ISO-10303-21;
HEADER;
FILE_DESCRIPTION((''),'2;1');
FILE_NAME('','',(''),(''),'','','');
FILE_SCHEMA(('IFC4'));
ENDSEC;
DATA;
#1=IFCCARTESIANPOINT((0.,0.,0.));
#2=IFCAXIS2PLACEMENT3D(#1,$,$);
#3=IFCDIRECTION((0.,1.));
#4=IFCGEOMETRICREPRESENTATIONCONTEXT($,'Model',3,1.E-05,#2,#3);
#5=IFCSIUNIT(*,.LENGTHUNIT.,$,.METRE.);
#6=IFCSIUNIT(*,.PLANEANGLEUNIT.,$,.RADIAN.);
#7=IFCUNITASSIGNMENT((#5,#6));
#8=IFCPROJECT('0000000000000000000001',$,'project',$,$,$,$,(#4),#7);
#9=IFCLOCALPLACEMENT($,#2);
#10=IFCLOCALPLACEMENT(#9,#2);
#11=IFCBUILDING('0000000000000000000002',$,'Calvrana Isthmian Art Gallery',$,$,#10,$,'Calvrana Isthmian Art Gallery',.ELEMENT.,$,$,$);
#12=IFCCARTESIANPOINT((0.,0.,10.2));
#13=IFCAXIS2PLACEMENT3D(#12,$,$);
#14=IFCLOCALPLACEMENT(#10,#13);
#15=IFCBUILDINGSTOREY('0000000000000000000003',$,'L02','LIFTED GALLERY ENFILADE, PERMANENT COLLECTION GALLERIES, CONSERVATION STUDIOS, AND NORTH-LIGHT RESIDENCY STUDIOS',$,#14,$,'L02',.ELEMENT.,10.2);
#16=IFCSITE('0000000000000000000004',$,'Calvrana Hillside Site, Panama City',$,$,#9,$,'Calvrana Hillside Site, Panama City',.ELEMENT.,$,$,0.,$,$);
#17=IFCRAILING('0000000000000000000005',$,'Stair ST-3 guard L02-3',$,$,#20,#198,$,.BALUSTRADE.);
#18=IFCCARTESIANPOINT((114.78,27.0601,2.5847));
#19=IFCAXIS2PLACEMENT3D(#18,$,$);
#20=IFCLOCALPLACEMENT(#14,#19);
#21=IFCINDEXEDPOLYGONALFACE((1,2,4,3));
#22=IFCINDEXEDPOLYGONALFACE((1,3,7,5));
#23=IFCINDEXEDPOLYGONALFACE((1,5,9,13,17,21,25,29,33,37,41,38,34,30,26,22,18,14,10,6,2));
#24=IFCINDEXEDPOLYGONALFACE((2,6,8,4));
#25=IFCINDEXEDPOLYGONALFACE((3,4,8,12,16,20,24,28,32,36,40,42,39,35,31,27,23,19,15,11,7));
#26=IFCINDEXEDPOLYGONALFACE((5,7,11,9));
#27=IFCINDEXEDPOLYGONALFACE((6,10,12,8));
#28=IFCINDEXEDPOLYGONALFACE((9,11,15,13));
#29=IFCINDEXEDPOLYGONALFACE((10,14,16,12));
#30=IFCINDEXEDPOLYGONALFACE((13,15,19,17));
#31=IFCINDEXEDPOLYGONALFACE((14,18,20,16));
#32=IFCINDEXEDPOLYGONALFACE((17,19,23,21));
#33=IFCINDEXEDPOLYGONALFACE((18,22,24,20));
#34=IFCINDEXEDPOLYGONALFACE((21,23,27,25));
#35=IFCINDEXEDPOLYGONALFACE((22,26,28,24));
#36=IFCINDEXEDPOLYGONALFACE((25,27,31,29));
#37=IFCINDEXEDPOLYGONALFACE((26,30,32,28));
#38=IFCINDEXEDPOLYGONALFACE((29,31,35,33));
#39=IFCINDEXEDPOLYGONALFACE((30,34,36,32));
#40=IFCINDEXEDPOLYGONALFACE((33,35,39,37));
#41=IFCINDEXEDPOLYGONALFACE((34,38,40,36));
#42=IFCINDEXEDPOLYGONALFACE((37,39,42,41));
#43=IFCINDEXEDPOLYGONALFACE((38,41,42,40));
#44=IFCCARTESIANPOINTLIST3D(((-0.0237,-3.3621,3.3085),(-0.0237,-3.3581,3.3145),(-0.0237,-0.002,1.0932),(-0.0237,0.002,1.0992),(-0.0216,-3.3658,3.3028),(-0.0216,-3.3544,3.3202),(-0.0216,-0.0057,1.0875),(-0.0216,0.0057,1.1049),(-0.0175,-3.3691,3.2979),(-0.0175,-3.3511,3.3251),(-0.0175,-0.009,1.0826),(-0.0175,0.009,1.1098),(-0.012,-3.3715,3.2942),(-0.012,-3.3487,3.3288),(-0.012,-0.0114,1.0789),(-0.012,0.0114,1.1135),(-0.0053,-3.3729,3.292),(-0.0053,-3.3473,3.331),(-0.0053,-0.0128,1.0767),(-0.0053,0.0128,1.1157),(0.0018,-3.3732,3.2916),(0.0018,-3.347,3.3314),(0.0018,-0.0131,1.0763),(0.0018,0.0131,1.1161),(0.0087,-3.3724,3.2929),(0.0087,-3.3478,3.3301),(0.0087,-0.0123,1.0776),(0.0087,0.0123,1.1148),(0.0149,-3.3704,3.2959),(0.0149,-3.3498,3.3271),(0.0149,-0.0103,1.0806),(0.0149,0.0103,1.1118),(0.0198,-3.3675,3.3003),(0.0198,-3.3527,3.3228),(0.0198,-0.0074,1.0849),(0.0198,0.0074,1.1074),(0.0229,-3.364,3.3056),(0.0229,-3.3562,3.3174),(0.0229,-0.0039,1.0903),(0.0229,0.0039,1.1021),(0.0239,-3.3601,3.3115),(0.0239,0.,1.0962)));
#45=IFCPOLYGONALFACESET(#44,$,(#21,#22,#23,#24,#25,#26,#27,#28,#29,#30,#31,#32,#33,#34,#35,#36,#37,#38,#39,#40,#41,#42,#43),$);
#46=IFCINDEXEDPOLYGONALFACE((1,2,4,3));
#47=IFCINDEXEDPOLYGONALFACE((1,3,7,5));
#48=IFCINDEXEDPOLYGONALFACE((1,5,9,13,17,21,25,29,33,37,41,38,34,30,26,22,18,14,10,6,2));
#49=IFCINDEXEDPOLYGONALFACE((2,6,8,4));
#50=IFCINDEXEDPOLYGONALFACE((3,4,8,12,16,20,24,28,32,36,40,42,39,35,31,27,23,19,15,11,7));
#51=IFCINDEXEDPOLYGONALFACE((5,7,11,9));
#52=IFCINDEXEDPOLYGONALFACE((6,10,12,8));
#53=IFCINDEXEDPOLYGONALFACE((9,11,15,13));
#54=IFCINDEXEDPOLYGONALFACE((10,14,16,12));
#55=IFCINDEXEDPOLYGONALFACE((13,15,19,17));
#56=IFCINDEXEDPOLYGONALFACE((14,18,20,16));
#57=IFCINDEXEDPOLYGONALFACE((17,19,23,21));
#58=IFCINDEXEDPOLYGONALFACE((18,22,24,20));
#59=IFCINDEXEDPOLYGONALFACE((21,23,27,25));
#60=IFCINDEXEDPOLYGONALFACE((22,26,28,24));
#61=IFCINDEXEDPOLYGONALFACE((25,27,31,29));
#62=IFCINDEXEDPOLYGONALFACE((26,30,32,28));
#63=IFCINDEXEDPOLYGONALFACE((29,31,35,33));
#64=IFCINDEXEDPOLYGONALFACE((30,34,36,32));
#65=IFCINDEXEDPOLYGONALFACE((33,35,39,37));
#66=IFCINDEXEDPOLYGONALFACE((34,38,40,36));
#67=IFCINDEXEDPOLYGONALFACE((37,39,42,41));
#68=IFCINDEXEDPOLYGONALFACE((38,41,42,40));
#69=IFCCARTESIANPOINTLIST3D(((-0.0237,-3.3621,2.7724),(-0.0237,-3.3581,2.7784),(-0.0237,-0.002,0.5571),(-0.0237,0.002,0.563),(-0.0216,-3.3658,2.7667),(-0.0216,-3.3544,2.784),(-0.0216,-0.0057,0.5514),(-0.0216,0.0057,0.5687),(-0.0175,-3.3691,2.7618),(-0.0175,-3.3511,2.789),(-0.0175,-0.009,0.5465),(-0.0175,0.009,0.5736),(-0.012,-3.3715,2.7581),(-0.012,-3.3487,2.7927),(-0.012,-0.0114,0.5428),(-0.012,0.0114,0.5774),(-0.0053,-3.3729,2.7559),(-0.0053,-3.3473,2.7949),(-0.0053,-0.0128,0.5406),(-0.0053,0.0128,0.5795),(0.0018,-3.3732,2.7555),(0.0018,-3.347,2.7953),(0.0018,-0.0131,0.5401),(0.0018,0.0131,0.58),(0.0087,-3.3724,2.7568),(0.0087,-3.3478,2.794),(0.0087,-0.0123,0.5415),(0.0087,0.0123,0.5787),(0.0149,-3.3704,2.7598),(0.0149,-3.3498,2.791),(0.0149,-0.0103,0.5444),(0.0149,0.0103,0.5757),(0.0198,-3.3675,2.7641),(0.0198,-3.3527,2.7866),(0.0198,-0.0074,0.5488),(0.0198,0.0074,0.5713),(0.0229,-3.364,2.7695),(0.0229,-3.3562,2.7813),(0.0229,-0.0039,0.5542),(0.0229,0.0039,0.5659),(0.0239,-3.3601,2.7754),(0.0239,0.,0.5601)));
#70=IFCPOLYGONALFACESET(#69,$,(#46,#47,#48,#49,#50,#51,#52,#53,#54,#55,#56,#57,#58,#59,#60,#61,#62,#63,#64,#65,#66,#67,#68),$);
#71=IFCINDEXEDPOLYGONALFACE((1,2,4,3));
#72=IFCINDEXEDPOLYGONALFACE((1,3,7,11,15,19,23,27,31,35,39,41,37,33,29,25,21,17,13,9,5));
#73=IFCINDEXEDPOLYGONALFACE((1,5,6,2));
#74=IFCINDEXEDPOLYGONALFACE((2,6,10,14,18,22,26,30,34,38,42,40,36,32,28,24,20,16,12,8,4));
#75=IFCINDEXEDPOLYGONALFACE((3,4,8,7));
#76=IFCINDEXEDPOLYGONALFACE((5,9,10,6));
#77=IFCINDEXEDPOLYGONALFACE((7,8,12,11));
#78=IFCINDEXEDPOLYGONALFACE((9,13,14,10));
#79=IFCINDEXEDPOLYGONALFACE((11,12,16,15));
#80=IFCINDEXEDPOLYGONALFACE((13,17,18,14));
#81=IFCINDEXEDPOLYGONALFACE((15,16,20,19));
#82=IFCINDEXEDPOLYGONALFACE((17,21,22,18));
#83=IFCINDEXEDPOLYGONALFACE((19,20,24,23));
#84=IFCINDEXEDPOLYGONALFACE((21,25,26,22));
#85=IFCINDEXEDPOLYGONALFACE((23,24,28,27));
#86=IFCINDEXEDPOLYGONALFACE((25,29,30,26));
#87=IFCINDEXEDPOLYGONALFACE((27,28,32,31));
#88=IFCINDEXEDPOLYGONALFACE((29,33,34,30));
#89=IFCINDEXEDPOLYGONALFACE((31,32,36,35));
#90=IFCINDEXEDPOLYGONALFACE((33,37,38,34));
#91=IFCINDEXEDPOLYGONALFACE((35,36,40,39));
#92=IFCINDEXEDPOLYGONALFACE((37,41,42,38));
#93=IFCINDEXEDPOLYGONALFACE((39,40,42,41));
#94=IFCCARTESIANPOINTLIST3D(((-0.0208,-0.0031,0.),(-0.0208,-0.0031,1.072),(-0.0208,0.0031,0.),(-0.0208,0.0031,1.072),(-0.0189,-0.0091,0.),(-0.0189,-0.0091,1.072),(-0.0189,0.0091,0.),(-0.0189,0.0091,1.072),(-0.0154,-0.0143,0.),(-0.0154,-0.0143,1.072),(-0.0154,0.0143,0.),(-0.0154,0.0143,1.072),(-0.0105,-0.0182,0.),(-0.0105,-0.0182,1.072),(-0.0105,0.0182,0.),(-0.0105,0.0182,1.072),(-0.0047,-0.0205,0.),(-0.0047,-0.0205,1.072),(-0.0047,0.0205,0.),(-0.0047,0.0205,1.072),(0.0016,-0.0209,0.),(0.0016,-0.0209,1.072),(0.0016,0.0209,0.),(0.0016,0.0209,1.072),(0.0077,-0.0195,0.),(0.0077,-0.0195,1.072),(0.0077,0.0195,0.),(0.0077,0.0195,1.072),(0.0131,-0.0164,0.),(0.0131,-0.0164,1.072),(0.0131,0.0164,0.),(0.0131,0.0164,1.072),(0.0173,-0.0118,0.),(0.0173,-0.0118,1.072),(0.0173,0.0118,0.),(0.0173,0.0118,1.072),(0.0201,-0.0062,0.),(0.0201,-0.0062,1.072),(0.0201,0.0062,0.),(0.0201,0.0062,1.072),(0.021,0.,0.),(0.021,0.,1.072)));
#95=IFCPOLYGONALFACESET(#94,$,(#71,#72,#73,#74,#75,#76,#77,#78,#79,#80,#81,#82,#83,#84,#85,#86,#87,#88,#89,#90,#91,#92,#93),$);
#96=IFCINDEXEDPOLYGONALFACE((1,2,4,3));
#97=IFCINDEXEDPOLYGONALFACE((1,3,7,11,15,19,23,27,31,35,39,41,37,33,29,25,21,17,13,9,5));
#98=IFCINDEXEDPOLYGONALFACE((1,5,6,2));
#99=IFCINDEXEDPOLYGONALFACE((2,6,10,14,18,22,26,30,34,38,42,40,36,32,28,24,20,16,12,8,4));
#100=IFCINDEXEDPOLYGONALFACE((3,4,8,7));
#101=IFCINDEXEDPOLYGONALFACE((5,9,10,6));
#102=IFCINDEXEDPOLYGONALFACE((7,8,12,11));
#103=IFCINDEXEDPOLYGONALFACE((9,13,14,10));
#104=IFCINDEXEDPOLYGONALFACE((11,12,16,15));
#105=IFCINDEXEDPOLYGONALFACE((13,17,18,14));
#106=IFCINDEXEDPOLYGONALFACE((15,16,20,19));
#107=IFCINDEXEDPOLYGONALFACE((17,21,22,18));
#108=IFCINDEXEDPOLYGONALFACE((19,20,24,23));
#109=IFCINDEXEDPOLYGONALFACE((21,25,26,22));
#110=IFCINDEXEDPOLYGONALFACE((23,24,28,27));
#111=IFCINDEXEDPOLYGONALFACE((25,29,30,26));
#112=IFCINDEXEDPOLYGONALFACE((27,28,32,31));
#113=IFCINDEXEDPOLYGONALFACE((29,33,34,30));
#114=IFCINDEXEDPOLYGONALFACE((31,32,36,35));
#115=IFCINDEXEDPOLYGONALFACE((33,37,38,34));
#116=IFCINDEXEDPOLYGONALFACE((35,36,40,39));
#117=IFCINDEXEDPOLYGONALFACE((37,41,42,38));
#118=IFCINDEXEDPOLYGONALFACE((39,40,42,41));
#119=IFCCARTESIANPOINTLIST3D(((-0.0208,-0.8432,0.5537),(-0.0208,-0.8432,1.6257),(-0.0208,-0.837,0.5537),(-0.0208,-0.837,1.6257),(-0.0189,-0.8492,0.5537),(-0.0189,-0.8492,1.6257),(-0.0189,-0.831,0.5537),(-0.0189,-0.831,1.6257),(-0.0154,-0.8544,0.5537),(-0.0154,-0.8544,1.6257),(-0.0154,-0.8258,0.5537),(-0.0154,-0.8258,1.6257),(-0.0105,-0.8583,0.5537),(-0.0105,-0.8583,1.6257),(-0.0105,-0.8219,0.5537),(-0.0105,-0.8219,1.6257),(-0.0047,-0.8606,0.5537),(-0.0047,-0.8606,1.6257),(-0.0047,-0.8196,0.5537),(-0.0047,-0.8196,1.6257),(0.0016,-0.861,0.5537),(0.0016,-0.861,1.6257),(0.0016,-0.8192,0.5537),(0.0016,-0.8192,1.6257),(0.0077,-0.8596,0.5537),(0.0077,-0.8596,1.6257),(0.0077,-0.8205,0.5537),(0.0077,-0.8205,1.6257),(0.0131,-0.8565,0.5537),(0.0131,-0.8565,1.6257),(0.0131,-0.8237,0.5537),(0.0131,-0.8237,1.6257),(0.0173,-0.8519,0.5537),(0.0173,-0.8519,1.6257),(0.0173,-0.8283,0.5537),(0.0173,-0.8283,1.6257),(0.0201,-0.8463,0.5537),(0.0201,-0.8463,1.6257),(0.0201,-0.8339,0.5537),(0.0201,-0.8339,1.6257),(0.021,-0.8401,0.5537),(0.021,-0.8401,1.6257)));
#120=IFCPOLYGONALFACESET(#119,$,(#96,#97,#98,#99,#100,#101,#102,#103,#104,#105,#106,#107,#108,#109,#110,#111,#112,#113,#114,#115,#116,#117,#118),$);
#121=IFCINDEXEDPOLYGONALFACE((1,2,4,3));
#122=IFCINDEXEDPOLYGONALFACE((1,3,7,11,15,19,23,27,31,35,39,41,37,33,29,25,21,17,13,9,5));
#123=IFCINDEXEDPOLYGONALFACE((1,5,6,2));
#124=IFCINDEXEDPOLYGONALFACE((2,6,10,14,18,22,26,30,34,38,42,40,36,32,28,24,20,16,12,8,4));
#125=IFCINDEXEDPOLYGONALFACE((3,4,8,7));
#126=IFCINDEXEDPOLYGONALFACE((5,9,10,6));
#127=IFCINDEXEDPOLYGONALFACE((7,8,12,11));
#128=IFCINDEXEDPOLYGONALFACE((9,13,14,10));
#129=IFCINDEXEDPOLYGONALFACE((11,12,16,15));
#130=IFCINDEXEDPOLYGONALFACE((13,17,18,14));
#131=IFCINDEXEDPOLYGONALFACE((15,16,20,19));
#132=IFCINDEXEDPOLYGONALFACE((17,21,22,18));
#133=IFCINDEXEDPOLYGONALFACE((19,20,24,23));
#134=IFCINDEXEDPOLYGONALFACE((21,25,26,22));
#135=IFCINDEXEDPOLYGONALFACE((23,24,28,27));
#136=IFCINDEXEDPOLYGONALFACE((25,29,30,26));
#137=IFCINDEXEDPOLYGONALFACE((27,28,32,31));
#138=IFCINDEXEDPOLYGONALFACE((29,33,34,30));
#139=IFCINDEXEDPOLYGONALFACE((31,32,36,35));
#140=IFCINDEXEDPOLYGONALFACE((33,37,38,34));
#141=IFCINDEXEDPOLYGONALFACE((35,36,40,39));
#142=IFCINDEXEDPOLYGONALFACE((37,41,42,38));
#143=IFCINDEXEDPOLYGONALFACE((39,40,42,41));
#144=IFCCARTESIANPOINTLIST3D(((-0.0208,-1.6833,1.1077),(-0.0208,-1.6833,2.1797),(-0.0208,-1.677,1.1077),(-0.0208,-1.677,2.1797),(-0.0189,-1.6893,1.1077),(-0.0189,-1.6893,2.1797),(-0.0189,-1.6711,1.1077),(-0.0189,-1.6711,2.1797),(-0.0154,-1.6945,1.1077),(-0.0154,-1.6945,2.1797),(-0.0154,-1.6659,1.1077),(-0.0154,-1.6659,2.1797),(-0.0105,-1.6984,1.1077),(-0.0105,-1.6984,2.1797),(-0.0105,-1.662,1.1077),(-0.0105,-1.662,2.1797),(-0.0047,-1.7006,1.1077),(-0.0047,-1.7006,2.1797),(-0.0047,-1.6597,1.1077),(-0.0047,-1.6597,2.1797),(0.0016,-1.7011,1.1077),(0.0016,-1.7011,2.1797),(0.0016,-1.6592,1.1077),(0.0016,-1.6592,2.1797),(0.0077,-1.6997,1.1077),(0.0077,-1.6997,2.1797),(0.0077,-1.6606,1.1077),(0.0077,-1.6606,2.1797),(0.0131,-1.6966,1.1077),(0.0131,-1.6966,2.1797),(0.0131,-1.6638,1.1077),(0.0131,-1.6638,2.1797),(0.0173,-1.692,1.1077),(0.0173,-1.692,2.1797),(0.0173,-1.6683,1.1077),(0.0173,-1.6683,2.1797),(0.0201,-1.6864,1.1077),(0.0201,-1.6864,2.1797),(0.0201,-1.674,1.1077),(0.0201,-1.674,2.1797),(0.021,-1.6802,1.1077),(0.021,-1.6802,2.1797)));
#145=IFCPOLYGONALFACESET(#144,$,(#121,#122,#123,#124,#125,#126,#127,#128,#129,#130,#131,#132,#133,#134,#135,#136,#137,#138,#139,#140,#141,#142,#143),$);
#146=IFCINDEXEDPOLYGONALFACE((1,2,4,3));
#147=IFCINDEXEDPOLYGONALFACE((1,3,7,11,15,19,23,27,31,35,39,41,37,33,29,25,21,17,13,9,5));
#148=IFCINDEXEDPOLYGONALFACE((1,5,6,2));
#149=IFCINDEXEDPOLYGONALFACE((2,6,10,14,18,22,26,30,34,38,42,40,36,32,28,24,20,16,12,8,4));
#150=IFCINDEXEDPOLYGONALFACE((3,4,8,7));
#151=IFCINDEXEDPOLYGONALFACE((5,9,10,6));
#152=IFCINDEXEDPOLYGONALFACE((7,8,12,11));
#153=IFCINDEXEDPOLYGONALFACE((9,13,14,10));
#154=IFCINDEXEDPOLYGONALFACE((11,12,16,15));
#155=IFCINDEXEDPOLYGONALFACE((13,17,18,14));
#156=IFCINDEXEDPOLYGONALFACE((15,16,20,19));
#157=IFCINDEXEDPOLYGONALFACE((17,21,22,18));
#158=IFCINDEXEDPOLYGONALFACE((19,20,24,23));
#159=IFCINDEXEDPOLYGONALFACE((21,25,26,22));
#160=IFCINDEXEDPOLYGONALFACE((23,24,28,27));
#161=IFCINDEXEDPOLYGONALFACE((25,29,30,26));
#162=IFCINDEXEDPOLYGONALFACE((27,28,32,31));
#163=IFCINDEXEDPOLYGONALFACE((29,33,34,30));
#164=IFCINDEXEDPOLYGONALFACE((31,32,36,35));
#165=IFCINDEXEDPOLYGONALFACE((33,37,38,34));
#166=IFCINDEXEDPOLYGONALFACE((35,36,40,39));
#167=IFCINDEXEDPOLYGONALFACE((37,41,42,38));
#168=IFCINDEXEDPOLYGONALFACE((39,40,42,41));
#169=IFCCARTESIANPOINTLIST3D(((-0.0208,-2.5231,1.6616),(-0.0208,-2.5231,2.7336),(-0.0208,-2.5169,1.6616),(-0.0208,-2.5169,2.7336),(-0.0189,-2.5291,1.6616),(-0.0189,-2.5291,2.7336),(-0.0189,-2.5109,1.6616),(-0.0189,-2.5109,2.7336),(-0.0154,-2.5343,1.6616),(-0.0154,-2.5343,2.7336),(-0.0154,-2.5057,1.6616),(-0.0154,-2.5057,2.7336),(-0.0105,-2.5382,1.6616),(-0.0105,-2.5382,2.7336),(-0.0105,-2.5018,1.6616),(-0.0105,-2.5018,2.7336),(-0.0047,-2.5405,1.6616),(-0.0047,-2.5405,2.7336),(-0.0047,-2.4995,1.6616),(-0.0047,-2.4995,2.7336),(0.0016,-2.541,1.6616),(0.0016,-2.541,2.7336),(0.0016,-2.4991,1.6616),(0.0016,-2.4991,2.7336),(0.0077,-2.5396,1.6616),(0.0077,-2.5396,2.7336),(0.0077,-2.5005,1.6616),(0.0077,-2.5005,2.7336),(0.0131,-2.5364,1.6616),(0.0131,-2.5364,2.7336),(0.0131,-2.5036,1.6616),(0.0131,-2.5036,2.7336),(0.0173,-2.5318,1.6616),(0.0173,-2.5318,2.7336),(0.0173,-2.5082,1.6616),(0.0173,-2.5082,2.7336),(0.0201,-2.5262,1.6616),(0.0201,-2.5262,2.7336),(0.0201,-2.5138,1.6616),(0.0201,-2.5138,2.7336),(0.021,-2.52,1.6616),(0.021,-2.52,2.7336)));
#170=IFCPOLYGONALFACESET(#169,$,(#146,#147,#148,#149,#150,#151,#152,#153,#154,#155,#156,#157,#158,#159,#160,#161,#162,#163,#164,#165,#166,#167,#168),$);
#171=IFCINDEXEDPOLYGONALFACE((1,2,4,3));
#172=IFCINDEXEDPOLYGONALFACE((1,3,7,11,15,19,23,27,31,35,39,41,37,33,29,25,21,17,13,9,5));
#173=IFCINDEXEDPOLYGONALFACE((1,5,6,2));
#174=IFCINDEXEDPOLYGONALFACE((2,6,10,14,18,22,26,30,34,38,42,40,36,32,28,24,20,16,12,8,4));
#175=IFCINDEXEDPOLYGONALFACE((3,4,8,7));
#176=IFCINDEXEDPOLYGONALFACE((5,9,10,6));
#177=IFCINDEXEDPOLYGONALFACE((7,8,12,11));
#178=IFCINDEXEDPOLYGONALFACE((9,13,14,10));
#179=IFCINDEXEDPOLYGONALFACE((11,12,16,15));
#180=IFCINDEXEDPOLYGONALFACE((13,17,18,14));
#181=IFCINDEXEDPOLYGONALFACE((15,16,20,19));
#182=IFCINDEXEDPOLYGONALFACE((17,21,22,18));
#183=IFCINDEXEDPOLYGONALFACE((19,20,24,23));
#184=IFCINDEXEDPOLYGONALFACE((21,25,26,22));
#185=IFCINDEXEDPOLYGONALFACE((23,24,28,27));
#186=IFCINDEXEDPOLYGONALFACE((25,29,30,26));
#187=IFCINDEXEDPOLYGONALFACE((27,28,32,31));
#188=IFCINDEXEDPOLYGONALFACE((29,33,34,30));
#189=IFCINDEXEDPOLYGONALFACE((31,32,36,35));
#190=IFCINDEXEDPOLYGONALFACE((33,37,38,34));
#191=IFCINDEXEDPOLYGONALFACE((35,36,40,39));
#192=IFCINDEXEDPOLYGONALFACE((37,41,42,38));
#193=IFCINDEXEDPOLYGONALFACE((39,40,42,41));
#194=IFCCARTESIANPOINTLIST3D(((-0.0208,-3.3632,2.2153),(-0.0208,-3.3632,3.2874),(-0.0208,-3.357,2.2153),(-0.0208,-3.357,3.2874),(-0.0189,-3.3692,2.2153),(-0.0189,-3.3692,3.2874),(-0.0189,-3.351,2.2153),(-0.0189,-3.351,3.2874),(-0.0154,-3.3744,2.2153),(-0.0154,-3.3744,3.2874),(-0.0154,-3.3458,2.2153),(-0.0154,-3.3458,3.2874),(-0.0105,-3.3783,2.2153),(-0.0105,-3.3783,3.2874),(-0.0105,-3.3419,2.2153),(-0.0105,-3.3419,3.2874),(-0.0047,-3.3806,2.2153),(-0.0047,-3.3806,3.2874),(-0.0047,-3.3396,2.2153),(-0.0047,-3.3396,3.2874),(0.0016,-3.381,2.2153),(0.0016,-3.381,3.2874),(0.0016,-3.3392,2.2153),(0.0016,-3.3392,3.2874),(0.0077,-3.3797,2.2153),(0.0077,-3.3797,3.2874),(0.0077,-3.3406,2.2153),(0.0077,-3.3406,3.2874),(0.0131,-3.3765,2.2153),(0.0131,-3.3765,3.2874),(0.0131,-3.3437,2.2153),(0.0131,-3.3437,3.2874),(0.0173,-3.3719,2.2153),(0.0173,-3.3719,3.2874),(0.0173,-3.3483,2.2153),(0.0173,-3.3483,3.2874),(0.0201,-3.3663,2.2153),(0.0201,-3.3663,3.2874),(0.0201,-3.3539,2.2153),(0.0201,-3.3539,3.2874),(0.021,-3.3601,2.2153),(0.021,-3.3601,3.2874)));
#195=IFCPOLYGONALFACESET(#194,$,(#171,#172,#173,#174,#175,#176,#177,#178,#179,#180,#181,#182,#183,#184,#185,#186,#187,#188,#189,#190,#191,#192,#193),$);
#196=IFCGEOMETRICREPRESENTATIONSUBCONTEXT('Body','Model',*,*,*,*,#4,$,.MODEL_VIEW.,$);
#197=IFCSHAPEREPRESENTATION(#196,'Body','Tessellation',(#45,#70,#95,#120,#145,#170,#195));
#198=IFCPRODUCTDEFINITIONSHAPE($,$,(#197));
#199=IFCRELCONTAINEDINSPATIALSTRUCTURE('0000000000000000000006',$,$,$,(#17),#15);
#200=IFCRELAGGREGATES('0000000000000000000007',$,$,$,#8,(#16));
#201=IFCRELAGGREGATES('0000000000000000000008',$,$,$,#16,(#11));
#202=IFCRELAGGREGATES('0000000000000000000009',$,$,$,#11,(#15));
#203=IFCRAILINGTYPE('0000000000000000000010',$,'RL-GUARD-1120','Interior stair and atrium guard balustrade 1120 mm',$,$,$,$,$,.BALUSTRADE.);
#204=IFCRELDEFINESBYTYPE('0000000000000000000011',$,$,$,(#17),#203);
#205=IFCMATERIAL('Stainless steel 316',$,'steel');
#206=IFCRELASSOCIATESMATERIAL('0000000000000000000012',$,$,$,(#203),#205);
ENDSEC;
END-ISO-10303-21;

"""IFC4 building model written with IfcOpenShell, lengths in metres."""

from ifc_helpers import new_model, si_unit, direction, frame, origin, origin_2d, place, context, subcontext, project, spatial, circle, extrude, material, type_object, element, save


model = new_model("IFC4")

# Units and contexts
model_context = context("Model", 3, precision=1e-05, world=origin(), true_north=direction((0.0, 1.0)))
body_context = subcontext(model_context, "Body", "Model", "MODEL_VIEW")
ifc_project = project(units=[si_unit("LENGTHUNIT", "METRE"), si_unit("PLANEANGLEUNIT", "RADIAN")], contexts=[model_context])

# Site, building, storey
site_placement = place(None, origin())
site = spatial("IfcSite", under=ifc_project, at=site_placement, Name="Calvrana Hillside Site, Panama City", LongName="Calvrana Hillside Site, Panama City", CompositionType="ELEMENT", RefElevation=0.0)
building_placement = place(site_placement, origin())
building = spatial("IfcBuilding", under=site, at=building_placement, Name="Calvrana Isthmian Art Gallery", LongName="Calvrana Isthmian Art Gallery", CompositionType="ELEMENT")
storey_placement = place(building_placement, frame((0.0, 0.0, 10.2)))
storey = spatial("IfcBuildingStorey", under=building, at=storey_placement, Name="L02", Description="LIFTED GALLERY ENFILADE, PERMANENT COLLECTION GALLERIES, CONSERVATION STUDIOS, AND NORTH-LIGHT RESIDENCY STUDIOS", LongName="L02", CompositionType="ELEMENT", Elevation=10.2)

# Shared definitions
ifc_material_1 = material(Name="Stainless steel 316", Category="steel")

# Railing
railing_type_1 = type_object("IfcRailingType", Name="RL-GUARD-1120", Description="Interior stair and atrium guard balustrade 1120 mm", PredefinedType="BALUSTRADE", material=ifc_material_1)
railing_1_placement = place(storey_placement, frame((114.78, 27.0601, 2.5847)))
element("IfcRailing", 1, at=railing_1_placement, inside=storey, type_object=railing_type_1, Name="Stair ST-3 guard L02-3", PredefinedType="BALUSTRADE", context=body_context, shape_type="SweptSolid", body=[
    extrude(circle(Radius=0.0239, at=origin_2d()), frame((0.0, 0.0, 1.0962), z_axis=(0.0, -0.834876, 0.550437), x_axis=(1.0, 0.0, 0.0)), (0.0, 0.0, 1.0), 4.0247),
    extrude(circle(Radius=0.0239, at=origin_2d()), frame((0.0, 0.0, 0.5601), z_axis=(0.0, -0.834876, 0.550437), x_axis=(1.0, 0.0, 0.0)), (0.0, 0.0, 1.0), 4.0247),
    extrude(circle(Radius=0.021, at=origin_2d()), origin(), (0.0, 0.0, 1.0), 1.072),
    extrude(circle(Radius=0.021, at=origin_2d()), frame((0.0, -0.8401, 0.5537)), (0.0, 0.0, 1.0), 1.072),
    extrude(circle(Radius=0.021, at=origin_2d()), frame((0.0, -1.6802, 1.1077)), (0.0, 0.0, 1.0), 1.072),
    extrude(circle(Radius=0.021, at=origin_2d()), frame((0.0, -2.52, 1.6616)), (0.0, 0.0, 1.0), 1.072),
    extrude(circle(Radius=0.021, at=origin_2d()), frame((0.0, -3.3601, 2.2153)), (0.0, 0.0, 1.0), 1.072),
])

save(model, "model.ifc")
